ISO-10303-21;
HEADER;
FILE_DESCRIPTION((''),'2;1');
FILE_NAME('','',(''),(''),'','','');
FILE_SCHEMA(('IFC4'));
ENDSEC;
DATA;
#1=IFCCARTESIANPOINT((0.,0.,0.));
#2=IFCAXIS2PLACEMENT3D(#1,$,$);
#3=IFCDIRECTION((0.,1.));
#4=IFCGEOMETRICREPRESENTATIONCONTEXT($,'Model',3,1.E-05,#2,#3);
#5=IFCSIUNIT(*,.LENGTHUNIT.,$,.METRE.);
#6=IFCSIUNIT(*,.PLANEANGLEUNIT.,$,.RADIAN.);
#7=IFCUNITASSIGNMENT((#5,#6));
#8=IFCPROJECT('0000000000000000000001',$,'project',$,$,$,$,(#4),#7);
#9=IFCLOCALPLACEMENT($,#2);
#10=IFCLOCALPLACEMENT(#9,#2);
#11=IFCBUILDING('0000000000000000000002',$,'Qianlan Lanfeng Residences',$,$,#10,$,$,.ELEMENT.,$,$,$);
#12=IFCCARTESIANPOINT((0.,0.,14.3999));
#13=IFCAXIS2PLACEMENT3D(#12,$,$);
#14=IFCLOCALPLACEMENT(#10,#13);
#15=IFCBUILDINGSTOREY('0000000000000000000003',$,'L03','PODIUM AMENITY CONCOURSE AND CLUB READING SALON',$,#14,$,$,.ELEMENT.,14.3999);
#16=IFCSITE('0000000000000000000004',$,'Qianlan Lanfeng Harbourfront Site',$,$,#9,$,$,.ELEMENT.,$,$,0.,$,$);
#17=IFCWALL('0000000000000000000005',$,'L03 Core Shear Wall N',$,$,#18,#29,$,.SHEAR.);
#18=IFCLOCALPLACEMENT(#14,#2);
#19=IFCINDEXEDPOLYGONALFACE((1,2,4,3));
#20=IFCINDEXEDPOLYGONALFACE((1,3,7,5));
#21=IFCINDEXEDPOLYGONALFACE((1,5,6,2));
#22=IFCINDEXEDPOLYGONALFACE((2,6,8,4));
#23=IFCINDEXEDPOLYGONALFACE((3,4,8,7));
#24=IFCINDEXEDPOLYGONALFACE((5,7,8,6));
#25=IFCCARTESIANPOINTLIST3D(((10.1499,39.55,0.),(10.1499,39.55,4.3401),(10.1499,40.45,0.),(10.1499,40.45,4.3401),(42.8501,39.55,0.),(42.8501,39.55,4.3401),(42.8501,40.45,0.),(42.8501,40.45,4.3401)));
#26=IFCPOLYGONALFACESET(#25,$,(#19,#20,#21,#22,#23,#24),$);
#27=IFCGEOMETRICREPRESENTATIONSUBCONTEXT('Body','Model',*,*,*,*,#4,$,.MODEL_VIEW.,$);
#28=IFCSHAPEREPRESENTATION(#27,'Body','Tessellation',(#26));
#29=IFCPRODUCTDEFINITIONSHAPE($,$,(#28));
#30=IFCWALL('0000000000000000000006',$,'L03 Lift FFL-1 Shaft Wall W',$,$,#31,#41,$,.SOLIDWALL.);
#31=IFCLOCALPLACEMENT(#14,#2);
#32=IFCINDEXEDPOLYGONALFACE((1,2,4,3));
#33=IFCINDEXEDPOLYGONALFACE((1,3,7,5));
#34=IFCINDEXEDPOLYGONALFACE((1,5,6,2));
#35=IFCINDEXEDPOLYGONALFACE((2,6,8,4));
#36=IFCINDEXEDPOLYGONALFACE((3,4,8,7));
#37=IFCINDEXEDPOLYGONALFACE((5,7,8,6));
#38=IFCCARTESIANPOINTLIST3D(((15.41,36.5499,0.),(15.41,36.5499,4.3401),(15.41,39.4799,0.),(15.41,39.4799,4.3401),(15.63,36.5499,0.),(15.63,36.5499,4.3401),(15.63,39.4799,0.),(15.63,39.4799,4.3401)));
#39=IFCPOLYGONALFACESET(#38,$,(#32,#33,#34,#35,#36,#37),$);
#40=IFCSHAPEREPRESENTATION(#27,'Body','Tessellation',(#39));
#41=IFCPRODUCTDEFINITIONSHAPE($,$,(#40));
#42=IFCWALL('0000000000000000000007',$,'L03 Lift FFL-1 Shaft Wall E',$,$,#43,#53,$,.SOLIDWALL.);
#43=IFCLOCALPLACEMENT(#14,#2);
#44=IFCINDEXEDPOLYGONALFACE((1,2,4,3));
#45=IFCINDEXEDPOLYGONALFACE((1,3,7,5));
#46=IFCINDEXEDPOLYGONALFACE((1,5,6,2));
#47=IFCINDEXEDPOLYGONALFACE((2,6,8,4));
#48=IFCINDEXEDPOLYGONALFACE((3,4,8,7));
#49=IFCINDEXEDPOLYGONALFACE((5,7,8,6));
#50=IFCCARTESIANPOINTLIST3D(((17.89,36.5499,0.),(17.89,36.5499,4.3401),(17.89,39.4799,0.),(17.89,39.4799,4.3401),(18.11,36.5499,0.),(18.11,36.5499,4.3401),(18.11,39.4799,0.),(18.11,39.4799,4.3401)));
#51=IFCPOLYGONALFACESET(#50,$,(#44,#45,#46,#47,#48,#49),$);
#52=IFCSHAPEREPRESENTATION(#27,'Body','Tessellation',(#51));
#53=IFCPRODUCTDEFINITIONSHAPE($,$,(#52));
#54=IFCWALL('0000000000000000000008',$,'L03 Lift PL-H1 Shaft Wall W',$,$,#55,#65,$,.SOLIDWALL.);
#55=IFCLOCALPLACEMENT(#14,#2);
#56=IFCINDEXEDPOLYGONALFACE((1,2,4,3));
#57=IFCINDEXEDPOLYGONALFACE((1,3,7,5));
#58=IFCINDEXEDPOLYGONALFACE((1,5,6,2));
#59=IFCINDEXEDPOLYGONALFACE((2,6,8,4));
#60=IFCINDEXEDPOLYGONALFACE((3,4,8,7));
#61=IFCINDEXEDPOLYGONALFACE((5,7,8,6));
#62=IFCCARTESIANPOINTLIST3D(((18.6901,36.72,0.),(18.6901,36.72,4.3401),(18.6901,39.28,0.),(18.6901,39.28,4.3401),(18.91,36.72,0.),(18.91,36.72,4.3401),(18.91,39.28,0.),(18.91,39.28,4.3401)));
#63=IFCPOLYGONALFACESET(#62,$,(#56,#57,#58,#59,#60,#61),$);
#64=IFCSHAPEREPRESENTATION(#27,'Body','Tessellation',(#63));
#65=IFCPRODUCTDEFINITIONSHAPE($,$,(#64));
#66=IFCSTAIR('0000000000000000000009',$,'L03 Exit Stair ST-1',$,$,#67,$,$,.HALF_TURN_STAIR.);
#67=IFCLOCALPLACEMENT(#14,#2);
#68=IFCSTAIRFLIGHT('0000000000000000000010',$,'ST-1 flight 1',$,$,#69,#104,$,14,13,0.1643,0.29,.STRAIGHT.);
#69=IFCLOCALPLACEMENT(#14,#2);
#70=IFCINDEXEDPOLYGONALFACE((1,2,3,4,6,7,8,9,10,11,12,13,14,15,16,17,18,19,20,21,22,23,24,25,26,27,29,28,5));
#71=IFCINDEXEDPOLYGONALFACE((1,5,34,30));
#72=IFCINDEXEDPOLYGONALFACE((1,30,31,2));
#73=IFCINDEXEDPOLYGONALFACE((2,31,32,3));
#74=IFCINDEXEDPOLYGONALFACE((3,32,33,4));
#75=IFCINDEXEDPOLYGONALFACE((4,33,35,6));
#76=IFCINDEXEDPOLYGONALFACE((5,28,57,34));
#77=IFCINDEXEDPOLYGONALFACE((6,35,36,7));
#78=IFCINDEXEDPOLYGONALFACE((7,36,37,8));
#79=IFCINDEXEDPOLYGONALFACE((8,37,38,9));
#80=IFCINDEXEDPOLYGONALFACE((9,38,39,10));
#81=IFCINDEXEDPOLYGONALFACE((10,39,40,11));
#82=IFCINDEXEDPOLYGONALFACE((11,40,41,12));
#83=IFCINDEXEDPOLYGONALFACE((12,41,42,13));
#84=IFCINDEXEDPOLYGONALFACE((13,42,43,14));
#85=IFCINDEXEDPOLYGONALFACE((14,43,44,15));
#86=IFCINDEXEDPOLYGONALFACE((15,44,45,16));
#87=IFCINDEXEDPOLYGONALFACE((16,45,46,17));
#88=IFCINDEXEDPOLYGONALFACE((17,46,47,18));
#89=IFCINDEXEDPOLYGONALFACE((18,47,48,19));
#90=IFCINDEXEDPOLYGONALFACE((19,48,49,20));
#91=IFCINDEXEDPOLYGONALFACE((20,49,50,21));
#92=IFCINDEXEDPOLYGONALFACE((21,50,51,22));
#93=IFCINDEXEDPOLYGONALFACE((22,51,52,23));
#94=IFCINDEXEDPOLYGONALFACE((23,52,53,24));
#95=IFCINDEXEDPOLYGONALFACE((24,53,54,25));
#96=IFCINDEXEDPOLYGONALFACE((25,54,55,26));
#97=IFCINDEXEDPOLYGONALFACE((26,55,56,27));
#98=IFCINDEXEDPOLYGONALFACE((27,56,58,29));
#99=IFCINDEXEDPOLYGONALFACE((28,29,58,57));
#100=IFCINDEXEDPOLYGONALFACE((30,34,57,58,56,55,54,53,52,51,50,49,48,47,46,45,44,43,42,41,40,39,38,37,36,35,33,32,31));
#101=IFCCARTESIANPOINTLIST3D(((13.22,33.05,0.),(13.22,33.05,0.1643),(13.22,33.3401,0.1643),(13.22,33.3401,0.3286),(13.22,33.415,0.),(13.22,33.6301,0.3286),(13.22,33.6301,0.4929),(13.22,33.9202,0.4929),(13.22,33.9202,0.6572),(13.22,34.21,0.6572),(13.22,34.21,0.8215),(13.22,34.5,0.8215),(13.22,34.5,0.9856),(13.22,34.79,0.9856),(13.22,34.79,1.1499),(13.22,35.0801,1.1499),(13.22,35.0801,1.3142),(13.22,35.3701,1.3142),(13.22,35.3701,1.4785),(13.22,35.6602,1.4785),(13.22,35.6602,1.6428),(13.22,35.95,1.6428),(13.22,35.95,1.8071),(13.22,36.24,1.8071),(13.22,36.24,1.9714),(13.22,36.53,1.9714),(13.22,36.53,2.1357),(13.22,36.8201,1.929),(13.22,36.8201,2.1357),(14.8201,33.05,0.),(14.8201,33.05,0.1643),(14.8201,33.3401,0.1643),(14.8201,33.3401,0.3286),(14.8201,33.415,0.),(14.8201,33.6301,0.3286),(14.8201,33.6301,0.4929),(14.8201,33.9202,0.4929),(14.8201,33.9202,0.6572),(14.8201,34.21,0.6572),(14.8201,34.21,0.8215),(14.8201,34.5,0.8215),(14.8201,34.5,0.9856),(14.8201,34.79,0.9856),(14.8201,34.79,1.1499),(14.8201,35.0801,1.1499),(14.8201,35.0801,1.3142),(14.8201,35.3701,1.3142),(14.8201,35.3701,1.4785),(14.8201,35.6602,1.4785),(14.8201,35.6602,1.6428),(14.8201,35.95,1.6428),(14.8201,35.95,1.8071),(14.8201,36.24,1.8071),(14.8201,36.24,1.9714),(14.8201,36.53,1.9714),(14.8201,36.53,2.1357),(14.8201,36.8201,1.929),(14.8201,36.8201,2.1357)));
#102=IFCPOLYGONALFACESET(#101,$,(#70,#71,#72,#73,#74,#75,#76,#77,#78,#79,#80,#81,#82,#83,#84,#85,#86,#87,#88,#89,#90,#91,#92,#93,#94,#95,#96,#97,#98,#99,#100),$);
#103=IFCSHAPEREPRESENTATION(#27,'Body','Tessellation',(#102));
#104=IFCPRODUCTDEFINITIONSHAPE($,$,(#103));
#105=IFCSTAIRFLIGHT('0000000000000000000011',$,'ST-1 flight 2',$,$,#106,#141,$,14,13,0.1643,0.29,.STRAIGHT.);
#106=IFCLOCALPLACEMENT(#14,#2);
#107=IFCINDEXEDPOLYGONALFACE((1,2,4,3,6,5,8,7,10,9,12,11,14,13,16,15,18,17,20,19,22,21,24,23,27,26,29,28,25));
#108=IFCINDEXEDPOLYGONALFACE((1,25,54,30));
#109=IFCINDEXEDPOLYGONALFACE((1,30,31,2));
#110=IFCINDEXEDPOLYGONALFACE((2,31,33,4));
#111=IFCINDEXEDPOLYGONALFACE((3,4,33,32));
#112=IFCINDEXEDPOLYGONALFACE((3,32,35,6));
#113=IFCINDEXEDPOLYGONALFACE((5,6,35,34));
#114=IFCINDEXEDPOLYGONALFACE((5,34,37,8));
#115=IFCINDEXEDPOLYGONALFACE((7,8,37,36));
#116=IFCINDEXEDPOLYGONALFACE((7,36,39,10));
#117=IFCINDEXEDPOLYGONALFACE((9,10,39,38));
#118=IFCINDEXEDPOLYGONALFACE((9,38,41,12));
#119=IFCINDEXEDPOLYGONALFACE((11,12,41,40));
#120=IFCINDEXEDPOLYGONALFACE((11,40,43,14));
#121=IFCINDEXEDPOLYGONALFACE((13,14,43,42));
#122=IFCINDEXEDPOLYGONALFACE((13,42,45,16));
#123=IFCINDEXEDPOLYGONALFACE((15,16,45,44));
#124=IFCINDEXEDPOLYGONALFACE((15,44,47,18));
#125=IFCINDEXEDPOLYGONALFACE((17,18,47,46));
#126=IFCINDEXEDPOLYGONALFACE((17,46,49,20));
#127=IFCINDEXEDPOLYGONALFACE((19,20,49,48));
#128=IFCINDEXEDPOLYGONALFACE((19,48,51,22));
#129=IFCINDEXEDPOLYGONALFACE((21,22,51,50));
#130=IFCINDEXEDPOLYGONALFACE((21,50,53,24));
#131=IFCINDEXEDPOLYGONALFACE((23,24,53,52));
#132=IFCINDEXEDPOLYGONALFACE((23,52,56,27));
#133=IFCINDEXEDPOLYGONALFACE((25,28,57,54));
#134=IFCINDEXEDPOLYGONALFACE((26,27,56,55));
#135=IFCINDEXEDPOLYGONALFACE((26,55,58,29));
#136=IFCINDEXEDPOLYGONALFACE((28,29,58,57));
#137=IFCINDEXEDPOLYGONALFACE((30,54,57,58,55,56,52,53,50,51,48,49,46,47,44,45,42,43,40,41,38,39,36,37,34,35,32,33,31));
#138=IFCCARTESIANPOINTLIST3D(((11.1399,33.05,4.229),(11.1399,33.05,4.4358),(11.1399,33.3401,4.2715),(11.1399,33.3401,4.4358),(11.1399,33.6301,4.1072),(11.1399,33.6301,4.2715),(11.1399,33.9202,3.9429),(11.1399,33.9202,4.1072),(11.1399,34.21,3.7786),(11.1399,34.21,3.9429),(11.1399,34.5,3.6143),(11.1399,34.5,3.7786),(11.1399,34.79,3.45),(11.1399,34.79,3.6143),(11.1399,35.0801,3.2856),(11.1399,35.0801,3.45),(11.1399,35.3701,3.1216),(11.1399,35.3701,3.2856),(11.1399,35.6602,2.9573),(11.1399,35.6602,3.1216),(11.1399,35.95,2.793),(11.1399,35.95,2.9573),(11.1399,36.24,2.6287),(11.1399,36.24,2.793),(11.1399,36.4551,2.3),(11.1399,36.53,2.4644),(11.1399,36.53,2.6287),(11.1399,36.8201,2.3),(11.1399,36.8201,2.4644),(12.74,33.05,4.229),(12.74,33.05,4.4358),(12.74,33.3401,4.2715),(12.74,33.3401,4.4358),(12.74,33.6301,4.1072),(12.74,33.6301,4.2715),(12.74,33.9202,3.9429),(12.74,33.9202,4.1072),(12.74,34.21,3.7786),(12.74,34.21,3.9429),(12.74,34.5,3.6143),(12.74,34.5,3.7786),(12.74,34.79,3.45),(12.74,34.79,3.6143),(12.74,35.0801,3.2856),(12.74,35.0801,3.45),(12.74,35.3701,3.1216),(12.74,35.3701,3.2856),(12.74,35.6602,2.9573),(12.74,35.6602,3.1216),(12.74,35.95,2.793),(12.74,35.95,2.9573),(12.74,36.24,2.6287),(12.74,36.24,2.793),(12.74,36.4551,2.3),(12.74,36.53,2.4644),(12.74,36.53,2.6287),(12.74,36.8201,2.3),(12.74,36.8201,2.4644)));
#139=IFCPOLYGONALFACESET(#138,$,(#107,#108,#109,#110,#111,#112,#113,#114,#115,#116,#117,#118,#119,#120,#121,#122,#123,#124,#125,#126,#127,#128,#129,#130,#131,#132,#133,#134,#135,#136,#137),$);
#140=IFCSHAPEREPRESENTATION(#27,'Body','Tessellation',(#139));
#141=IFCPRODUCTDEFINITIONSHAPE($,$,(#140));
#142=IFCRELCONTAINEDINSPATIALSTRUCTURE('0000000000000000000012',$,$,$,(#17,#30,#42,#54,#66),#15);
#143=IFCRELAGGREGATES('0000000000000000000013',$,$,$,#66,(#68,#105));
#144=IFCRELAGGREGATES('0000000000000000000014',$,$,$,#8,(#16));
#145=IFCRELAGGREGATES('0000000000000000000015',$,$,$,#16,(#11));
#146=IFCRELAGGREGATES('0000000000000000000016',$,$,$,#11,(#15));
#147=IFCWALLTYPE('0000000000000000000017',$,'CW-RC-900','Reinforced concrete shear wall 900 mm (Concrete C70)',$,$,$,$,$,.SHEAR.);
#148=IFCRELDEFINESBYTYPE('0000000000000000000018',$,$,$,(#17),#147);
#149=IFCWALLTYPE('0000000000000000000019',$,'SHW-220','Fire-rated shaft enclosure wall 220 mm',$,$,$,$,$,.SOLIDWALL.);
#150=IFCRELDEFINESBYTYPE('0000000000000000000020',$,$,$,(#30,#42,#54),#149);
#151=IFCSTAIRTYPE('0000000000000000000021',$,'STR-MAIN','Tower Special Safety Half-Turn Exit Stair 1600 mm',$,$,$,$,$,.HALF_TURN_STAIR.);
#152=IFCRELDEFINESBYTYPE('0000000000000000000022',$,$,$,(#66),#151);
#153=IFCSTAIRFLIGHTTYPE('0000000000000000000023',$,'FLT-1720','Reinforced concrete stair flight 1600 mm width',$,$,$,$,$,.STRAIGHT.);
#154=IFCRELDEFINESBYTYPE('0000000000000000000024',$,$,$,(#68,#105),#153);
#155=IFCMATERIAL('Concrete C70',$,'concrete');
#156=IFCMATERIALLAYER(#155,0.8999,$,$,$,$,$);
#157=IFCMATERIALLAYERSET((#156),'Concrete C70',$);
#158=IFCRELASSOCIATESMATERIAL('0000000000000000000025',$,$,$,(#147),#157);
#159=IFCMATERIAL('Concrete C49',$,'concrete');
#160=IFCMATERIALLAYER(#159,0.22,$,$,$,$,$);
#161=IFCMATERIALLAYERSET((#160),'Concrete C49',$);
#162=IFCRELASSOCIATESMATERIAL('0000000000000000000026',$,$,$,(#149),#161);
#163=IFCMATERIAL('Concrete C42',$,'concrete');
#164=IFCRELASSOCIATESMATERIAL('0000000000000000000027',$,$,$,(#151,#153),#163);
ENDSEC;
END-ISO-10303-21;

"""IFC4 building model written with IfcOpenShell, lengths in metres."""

from ifc_helpers import new_model, si_unit, direction, frame, frame_2d, origin, place, context, subcontext, project, spatial, polyline, rectangle, outline, extrude, material, layer, layer_set, type_object, element, aggregate, save


model = new_model("IFC4")

# Units and contexts
model_context = context("Model", 3, precision=1e-05, world=origin(), true_north=direction((0.0, 1.0)))
body_context = subcontext(model_context, "Body", "Model", "MODEL_VIEW")
ifc_project = project(units=[si_unit("LENGTHUNIT", "METRE"), si_unit("PLANEANGLEUNIT", "RADIAN")], contexts=[model_context])

# Site, building, storey
site_placement = place(None, origin())
site = spatial("IfcSite", under=ifc_project, at=site_placement, Name="Qianlan Lanfeng Harbourfront Site", CompositionType="ELEMENT", RefElevation=0.0)
building_placement = place(site_placement, origin())
building = spatial("IfcBuilding", under=site, at=building_placement, Name="Qianlan Lanfeng Residences", CompositionType="ELEMENT")
storey_placement = place(building_placement, frame((0.0, 0.0, 14.3999)))
storey = spatial("IfcBuildingStorey", under=building, at=storey_placement, Name="L03", Description="PODIUM AMENITY CONCOURSE AND CLUB READING SALON", CompositionType="ELEMENT", Elevation=14.3999)

# Shared definitions
ifc_material_1 = material(Name="Concrete C70", Category="concrete")

# Walls
ifc_layer_1 = layer(ifc_material_1, 0.8999)
ifc_layer_set_1 = layer_set([ifc_layer_1], Name="Concrete C70")
wall_type_1 = type_object("IfcWallType", Name="CW-RC-900", Description="Reinforced concrete shear wall 900 mm (Concrete C70)", PredefinedType="SHEAR", material=ifc_layer_set_1)
wall_1_placement = place(storey_placement, frame((10.1499, 40.0, 0.0), z_axis=(0.0, 0.0, 1.0), x_axis=(1.0, 0.0, 0.0)))
element("IfcWall", 1, at=wall_1_placement, inside=storey, type_object=wall_type_1, Name="L03 Core Shear Wall N", PredefinedType="SHEAR", context=body_context, shape_type="SweptSolid", body=[
    extrude(rectangle(XDim=32.7002, YDim=0.8999, at=frame_2d((16.3501, 0.0))), origin(), (0.0, 0.0, 1.0), 4.3401),
])
ifc_material_2 = material(Name="Concrete C49", Category="concrete")
ifc_layer_2 = layer(ifc_material_2, 0.22)
ifc_layer_set_2 = layer_set([ifc_layer_2], Name="Concrete C49")
wall_type_2 = type_object("IfcWallType", Name="SHW-220", Description="Fire-rated shaft enclosure wall 220 mm", PredefinedType="SOLIDWALL", material=ifc_layer_set_2)
for number, where, z_axis, x_axis, name in (
    (2, (15.52, 36.55, 0.0), (0.0, 0.0, 1.0), (0.0, 1.0, 0.0), "L03 Lift FFL-1 Shaft Wall W"),
    (3, (18.0, 36.55, 0.0), (0.0, 0.0, 1.0), (0.0, 1.0, 0.0), "L03 Lift FFL-1 Shaft Wall E"),
):
    element("IfcWall", number, at=place(storey_placement, frame(where, z_axis=z_axis, x_axis=x_axis)), inside=storey, type_object=wall_type_2, Name=name, PredefinedType="SOLIDWALL", context=body_context, shape_type="SweptSolid", body=[
        extrude(rectangle(XDim=2.9299, YDim=0.22, at=frame_2d((1.4648, 0.0))), origin(), (0.0, 0.0, 1.0), 4.3401),
    ])
wall_2_placement = place(storey_placement, frame((18.8, 36.72, 0.0), z_axis=(0.0, 0.0, 1.0), x_axis=(0.0, 1.0, 0.0)))
element("IfcWall", 4, at=wall_2_placement, inside=storey, type_object=wall_type_2, Name="L03 Lift PL-H1 Shaft Wall W", PredefinedType="SOLIDWALL", context=body_context, shape_type="SweptSolid", body=[
    extrude(rectangle(XDim=2.5601, YDim=0.22, at=frame_2d((1.28, 0.0))), origin(), (0.0, 0.0, 1.0), 4.3401),
])

# Stair, stair flights
ifc_material_3 = material(Name="Concrete C42", Category="concrete")
stair_type = type_object("IfcStairType", Name="STR-MAIN", Description="Tower Special Safety Half-Turn Exit Stair 1600 mm", PredefinedType="HALF_TURN_STAIR", material=ifc_material_3)
stair_placement = place(storey_placement, origin())
stair = element("IfcStair", 5, at=stair_placement, inside=storey, type_object=stair_type, Name="L03 Exit Stair ST-1", PredefinedType="HALF_TURN_STAIR")
stair_flight_type = type_object("IfcStairFlightType", Name="FLT-1720", Description="Reinforced concrete stair flight 1600 mm width", PredefinedType="STRAIGHT", material=ifc_material_3)
stair_flight_1_placement = place(storey_placement, frame((14.02, 33.05, 0.0), z_axis=(0.0, 0.0, 1.0), x_axis=(0.0, 1.0, 0.0)))
stair_flight_1 = element("IfcStairFlight", 6, at=stair_flight_1_placement, type_object=stair_flight_type, Name="ST-1 flight 1", NumberOfRisers=14, NumberOfTreads=13, PredefinedType="STRAIGHT", RiserHeight=0.1643, TreadLength=0.29, context=body_context, shape_type="SweptSolid", body=[
    extrude(outline(polyline([(0.0, 0.0), (0.0, 0.1643), (0.29, 0.1643), (0.29, 0.3286), (0.5801, 0.3286), (0.5801, 0.4929), (0.8701, 0.4929), (0.8701, 0.6572), (1.1599, 0.6572), (1.1599, 0.8215), (1.45, 0.8215), (1.45, 0.9856), (1.74, 0.9856), (1.74, 1.1499), (2.03, 1.1499), (2.03, 1.3142), (2.3201, 1.3142), (2.3201, 1.4785), (2.6101, 1.4785), (2.6101, 1.6428), (2.8999, 1.6428), (2.8999, 1.8071), (3.1899, 1.8071), (3.1899, 1.9714), (3.48, 1.9714), (3.48, 2.1357), (3.77, 2.1357), (3.77, 2.3), (3.77, 1.929), (0.365, 0.0), (0.0, 0.0)])), frame((0.0, 0.8, 0.0), z_axis=(0.0, -1.0, 0.0), x_axis=(1.0, 0.0, 0.0)), (0.0, 0.0, 1.0), 1.6001),
])
stair_flight_2_placement = place(storey_placement, frame((11.9399, 36.8201, 2.3), z_axis=(0.0, 0.0, 1.0), x_axis=(0.0, -1.0, 0.0)))
stair_flight_2 = element("IfcStairFlight", 7, at=stair_flight_2_placement, type_object=stair_flight_type, Name="ST-1 flight 2", NumberOfRisers=14, NumberOfTreads=13, PredefinedType="STRAIGHT", RiserHeight=0.1643, TreadLength=0.29, context=body_context, shape_type="SweptSolid", body=[
    extrude(outline(polyline([(0.0, 0.0), (0.0, 0.1643), (0.29, 0.1643), (0.29, 0.3286), (0.5801, 0.3286), (0.5801, 0.4929), (0.8701, 0.4929), (0.8701, 0.6572), (1.1599, 0.6572), (1.1599, 0.8215), (1.45, 0.8215), (1.45, 0.9856), (1.74, 0.9856), (1.74, 1.1499), (2.03, 1.1499), (2.03, 1.3142), (2.3201, 1.3142), (2.3201, 1.4785), (2.6101, 1.4785), (2.6101, 1.6428), (2.8999, 1.6428), (2.8999, 1.8071), (3.1899, 1.8071), (3.1899, 1.9714), (3.48, 1.9714), (3.48, 2.1357), (3.77, 2.1357), (3.77, 2.3), (3.77, 1.929), (0.365, 0.0), (0.0, 0.0)])), frame((0.0, 0.8, 0.0), z_axis=(0.0, -1.0, 0.0), x_axis=(1.0, 0.0, 0.0)), (0.0, 0.0, 1.0), 1.6001),
])
aggregate(stair, [stair_flight_1, stair_flight_2])

save(model, "model.ifc")
